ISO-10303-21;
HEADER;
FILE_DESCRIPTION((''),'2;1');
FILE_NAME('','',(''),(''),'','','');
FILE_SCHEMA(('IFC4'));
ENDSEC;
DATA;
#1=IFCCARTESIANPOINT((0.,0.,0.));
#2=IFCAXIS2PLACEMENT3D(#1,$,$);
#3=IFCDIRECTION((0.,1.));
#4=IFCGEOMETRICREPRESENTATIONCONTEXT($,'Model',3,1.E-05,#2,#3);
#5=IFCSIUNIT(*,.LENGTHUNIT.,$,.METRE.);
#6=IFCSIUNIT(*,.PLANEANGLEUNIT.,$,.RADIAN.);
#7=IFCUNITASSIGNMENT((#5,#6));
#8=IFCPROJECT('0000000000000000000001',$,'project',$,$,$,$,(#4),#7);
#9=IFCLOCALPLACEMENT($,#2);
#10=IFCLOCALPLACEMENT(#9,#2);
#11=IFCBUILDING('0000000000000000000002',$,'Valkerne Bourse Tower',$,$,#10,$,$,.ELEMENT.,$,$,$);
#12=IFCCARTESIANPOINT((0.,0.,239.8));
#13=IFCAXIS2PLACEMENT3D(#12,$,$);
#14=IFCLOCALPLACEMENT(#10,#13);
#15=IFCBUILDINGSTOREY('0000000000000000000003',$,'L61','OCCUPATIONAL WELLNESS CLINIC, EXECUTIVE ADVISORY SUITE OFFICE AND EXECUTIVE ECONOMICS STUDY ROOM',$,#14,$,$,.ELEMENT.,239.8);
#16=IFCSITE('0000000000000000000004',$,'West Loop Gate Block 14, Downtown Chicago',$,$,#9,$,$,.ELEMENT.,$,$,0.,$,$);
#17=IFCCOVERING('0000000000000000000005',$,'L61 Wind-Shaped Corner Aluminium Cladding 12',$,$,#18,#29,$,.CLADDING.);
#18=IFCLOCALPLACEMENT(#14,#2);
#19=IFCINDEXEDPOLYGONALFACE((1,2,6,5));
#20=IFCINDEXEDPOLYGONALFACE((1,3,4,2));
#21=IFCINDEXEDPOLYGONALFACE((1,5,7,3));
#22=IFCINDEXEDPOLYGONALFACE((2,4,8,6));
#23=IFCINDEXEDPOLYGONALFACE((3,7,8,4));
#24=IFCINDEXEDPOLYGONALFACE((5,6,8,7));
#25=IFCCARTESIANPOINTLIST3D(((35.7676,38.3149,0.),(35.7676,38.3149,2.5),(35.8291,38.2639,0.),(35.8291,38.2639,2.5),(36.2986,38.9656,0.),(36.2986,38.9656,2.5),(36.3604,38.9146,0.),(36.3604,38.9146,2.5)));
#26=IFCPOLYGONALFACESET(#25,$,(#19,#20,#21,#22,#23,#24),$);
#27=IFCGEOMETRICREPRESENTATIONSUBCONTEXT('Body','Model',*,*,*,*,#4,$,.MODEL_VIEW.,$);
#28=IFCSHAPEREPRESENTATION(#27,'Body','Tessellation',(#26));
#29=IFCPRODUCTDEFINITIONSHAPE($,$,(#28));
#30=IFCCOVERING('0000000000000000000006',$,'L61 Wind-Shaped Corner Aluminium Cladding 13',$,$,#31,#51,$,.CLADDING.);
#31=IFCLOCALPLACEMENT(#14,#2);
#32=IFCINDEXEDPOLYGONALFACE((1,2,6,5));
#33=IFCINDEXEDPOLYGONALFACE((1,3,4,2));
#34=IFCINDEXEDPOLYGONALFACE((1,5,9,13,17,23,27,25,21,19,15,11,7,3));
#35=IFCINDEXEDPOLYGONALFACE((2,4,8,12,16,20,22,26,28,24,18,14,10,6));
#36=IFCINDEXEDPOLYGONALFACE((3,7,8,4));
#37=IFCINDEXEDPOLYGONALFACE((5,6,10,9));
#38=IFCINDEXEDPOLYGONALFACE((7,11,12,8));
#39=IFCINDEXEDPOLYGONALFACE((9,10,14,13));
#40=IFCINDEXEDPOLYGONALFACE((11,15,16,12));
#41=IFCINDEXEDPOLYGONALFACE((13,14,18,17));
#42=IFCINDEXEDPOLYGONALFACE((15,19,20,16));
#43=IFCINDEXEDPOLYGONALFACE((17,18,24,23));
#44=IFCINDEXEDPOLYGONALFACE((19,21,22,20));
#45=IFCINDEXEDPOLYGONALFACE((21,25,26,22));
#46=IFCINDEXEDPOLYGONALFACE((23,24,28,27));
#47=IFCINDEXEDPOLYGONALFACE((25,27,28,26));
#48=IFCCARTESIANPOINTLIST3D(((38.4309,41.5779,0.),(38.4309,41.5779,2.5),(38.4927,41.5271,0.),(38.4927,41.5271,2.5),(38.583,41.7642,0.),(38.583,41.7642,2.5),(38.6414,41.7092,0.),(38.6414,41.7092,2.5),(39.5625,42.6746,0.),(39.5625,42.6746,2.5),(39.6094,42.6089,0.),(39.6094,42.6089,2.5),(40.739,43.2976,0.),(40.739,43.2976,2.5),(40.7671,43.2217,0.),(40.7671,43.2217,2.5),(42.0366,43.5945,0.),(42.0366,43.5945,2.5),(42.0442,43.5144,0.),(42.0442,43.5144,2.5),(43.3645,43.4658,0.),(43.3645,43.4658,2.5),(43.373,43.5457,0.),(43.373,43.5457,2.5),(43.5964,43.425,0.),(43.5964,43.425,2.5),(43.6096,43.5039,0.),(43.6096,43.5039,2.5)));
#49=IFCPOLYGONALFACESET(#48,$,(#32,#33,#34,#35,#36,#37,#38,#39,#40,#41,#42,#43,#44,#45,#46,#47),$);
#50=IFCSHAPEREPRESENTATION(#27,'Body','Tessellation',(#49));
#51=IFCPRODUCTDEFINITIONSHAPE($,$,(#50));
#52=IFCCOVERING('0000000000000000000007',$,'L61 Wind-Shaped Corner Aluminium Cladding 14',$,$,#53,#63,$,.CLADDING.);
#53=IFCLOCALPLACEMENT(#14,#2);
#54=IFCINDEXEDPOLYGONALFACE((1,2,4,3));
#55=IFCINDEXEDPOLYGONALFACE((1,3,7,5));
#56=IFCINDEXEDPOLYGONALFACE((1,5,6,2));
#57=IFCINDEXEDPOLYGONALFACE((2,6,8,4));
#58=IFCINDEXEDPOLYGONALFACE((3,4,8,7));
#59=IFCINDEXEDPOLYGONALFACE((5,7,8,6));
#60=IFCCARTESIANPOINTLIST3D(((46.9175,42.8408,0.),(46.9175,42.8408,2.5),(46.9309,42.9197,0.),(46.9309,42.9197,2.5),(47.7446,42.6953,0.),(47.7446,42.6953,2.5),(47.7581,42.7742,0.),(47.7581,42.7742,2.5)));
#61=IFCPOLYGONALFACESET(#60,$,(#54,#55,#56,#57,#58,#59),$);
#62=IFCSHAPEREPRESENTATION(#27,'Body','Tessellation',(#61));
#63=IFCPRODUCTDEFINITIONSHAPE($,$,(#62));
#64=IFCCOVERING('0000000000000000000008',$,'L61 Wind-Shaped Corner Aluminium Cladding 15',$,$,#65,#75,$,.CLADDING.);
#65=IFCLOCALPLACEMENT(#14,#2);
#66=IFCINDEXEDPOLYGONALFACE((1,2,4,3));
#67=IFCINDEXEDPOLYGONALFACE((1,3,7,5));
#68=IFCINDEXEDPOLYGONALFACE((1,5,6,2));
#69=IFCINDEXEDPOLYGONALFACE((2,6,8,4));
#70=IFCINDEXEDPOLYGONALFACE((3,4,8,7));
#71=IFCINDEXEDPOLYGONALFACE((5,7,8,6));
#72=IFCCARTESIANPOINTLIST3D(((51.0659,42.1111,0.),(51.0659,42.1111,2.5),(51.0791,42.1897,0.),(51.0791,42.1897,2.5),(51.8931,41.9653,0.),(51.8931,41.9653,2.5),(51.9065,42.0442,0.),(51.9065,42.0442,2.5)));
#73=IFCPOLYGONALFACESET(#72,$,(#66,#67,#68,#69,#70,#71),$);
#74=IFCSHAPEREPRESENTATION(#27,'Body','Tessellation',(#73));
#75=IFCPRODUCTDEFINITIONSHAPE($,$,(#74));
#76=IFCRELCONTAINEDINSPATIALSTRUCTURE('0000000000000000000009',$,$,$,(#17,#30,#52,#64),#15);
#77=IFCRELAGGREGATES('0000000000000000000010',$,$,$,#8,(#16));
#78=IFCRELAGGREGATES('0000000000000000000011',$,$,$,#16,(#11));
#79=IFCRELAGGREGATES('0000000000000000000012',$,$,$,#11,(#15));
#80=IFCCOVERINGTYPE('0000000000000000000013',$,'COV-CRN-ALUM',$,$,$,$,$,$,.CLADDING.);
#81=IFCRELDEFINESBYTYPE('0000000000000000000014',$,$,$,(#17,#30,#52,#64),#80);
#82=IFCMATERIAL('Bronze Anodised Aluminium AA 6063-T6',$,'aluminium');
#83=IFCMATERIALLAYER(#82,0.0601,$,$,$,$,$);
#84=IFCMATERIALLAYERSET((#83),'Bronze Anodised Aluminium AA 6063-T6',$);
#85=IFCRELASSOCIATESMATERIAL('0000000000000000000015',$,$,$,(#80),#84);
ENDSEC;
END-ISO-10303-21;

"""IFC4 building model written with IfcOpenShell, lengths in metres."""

from ifc_helpers import new_model, si_unit, direction, frame, origin, place, context, subcontext, project, spatial, polyline, outline, extrude, material, layer, layer_set, type_object, element, save


model = new_model("IFC4")

# Units and contexts
model_context = context("Model", 3, precision=1e-05, world=origin(), true_north=direction((0.0, 1.0)))
body_context = subcontext(model_context, "Body", "Model", "MODEL_VIEW")
ifc_project = project(units=[si_unit("LENGTHUNIT", "METRE"), si_unit("PLANEANGLEUNIT", "RADIAN")], contexts=[model_context])

# Site, building, storey
site_placement = place(None, origin())
site = spatial("IfcSite", under=ifc_project, at=site_placement, Name="West Loop Gate Block 14, Downtown Chicago", CompositionType="ELEMENT", RefElevation=0.0)
building_placement = place(site_placement, origin())
building = spatial("IfcBuilding", under=site, at=building_placement, Name="Valkerne Bourse Tower", CompositionType="ELEMENT")
storey_placement = place(building_placement, frame((0.0, 0.0, 239.8)))
storey = spatial("IfcBuildingStorey", under=building, at=storey_placement, Name="L61", Description="OCCUPATIONAL WELLNESS CLINIC, EXECUTIVE ADVISORY SUITE OFFICE AND EXECUTIVE ECONOMICS STUDY ROOM", CompositionType="ELEMENT", Elevation=239.8)

# Coverings
ifc_material_1 = material(Name="Bronze Anodised Aluminium AA 6063-T6", Category="aluminium")
ifc_layer_1 = layer(ifc_material_1, 0.0601)
ifc_layer_set_1 = layer_set([ifc_layer_1], Name="Bronze Anodised Aluminium AA 6063-T6")
covering_type = type_object("IfcCoveringType", Name="COV-CRN-ALUM", PredefinedType="CLADDING", material=ifc_layer_set_1)
covering_1_placement = place(storey_placement, origin())
element("IfcCovering", 1, at=covering_1_placement, inside=storey, type_object=covering_type, Name="L61 Wind-Shaped Corner Aluminium Cladding 12", PredefinedType="CLADDING", context=body_context, shape_type="SweptSolid", body=[
    extrude(outline(polyline([(36.2986, 38.9656), (36.3604, 38.9146), (35.8291, 38.2639), (35.7676, 38.3149), (36.2986, 38.9656)])), origin(), (0.0, 0.0, 1.0), 2.5),
])
covering_2_placement = place(storey_placement, origin())
element("IfcCovering", 2, at=covering_2_placement, inside=storey, type_object=covering_type, Name="L61 Wind-Shaped Corner Aluminium Cladding 13", PredefinedType="CLADDING", context=body_context, shape_type="SweptSolid", body=[
    extrude(outline(polyline([(38.583, 41.7642), (39.5625, 42.6746), (40.739, 43.2976), (42.0366, 43.5945), (43.373, 43.5457), (43.6096, 43.5039), (43.5964, 43.425), (43.3645, 43.4658), (42.0442, 43.5144), (40.7671, 43.2217), (39.6094, 42.6089), (38.6414, 41.7092), (38.4927, 41.5271), (38.4309, 41.5779), (38.583, 41.7642)])), origin(), (0.0, 0.0, 1.0), 2.5),
])
covering_3_placement = place(storey_placement, origin())
element("IfcCovering", 3, at=covering_3_placement, inside=storey, type_object=covering_type, Name="L61 Wind-Shaped Corner Aluminium Cladding 14", PredefinedType="CLADDING", context=body_context, shape_type="SweptSolid", body=[
    extrude(outline(polyline([(47.7581, 42.7742), (47.7446, 42.6953), (46.9175, 42.8408), (46.9309, 42.9197), (47.7581, 42.7742)])), origin(), (0.0, 0.0, 1.0), 2.5),
])
covering_4_placement = place(storey_placement, origin())
element("IfcCovering", 4, at=covering_4_placement, inside=storey, type_object=covering_type, Name="L61 Wind-Shaped Corner Aluminium Cladding 15", PredefinedType="CLADDING", context=body_context, shape_type="SweptSolid", body=[
    extrude(outline(polyline([(51.9065, 42.0442), (51.8931, 41.9653), (51.0659, 42.1111), (51.0791, 42.1897), (51.9065, 42.0442)])), origin(), (0.0, 0.0, 1.0), 2.5),
])

save(model, "model.ifc")
